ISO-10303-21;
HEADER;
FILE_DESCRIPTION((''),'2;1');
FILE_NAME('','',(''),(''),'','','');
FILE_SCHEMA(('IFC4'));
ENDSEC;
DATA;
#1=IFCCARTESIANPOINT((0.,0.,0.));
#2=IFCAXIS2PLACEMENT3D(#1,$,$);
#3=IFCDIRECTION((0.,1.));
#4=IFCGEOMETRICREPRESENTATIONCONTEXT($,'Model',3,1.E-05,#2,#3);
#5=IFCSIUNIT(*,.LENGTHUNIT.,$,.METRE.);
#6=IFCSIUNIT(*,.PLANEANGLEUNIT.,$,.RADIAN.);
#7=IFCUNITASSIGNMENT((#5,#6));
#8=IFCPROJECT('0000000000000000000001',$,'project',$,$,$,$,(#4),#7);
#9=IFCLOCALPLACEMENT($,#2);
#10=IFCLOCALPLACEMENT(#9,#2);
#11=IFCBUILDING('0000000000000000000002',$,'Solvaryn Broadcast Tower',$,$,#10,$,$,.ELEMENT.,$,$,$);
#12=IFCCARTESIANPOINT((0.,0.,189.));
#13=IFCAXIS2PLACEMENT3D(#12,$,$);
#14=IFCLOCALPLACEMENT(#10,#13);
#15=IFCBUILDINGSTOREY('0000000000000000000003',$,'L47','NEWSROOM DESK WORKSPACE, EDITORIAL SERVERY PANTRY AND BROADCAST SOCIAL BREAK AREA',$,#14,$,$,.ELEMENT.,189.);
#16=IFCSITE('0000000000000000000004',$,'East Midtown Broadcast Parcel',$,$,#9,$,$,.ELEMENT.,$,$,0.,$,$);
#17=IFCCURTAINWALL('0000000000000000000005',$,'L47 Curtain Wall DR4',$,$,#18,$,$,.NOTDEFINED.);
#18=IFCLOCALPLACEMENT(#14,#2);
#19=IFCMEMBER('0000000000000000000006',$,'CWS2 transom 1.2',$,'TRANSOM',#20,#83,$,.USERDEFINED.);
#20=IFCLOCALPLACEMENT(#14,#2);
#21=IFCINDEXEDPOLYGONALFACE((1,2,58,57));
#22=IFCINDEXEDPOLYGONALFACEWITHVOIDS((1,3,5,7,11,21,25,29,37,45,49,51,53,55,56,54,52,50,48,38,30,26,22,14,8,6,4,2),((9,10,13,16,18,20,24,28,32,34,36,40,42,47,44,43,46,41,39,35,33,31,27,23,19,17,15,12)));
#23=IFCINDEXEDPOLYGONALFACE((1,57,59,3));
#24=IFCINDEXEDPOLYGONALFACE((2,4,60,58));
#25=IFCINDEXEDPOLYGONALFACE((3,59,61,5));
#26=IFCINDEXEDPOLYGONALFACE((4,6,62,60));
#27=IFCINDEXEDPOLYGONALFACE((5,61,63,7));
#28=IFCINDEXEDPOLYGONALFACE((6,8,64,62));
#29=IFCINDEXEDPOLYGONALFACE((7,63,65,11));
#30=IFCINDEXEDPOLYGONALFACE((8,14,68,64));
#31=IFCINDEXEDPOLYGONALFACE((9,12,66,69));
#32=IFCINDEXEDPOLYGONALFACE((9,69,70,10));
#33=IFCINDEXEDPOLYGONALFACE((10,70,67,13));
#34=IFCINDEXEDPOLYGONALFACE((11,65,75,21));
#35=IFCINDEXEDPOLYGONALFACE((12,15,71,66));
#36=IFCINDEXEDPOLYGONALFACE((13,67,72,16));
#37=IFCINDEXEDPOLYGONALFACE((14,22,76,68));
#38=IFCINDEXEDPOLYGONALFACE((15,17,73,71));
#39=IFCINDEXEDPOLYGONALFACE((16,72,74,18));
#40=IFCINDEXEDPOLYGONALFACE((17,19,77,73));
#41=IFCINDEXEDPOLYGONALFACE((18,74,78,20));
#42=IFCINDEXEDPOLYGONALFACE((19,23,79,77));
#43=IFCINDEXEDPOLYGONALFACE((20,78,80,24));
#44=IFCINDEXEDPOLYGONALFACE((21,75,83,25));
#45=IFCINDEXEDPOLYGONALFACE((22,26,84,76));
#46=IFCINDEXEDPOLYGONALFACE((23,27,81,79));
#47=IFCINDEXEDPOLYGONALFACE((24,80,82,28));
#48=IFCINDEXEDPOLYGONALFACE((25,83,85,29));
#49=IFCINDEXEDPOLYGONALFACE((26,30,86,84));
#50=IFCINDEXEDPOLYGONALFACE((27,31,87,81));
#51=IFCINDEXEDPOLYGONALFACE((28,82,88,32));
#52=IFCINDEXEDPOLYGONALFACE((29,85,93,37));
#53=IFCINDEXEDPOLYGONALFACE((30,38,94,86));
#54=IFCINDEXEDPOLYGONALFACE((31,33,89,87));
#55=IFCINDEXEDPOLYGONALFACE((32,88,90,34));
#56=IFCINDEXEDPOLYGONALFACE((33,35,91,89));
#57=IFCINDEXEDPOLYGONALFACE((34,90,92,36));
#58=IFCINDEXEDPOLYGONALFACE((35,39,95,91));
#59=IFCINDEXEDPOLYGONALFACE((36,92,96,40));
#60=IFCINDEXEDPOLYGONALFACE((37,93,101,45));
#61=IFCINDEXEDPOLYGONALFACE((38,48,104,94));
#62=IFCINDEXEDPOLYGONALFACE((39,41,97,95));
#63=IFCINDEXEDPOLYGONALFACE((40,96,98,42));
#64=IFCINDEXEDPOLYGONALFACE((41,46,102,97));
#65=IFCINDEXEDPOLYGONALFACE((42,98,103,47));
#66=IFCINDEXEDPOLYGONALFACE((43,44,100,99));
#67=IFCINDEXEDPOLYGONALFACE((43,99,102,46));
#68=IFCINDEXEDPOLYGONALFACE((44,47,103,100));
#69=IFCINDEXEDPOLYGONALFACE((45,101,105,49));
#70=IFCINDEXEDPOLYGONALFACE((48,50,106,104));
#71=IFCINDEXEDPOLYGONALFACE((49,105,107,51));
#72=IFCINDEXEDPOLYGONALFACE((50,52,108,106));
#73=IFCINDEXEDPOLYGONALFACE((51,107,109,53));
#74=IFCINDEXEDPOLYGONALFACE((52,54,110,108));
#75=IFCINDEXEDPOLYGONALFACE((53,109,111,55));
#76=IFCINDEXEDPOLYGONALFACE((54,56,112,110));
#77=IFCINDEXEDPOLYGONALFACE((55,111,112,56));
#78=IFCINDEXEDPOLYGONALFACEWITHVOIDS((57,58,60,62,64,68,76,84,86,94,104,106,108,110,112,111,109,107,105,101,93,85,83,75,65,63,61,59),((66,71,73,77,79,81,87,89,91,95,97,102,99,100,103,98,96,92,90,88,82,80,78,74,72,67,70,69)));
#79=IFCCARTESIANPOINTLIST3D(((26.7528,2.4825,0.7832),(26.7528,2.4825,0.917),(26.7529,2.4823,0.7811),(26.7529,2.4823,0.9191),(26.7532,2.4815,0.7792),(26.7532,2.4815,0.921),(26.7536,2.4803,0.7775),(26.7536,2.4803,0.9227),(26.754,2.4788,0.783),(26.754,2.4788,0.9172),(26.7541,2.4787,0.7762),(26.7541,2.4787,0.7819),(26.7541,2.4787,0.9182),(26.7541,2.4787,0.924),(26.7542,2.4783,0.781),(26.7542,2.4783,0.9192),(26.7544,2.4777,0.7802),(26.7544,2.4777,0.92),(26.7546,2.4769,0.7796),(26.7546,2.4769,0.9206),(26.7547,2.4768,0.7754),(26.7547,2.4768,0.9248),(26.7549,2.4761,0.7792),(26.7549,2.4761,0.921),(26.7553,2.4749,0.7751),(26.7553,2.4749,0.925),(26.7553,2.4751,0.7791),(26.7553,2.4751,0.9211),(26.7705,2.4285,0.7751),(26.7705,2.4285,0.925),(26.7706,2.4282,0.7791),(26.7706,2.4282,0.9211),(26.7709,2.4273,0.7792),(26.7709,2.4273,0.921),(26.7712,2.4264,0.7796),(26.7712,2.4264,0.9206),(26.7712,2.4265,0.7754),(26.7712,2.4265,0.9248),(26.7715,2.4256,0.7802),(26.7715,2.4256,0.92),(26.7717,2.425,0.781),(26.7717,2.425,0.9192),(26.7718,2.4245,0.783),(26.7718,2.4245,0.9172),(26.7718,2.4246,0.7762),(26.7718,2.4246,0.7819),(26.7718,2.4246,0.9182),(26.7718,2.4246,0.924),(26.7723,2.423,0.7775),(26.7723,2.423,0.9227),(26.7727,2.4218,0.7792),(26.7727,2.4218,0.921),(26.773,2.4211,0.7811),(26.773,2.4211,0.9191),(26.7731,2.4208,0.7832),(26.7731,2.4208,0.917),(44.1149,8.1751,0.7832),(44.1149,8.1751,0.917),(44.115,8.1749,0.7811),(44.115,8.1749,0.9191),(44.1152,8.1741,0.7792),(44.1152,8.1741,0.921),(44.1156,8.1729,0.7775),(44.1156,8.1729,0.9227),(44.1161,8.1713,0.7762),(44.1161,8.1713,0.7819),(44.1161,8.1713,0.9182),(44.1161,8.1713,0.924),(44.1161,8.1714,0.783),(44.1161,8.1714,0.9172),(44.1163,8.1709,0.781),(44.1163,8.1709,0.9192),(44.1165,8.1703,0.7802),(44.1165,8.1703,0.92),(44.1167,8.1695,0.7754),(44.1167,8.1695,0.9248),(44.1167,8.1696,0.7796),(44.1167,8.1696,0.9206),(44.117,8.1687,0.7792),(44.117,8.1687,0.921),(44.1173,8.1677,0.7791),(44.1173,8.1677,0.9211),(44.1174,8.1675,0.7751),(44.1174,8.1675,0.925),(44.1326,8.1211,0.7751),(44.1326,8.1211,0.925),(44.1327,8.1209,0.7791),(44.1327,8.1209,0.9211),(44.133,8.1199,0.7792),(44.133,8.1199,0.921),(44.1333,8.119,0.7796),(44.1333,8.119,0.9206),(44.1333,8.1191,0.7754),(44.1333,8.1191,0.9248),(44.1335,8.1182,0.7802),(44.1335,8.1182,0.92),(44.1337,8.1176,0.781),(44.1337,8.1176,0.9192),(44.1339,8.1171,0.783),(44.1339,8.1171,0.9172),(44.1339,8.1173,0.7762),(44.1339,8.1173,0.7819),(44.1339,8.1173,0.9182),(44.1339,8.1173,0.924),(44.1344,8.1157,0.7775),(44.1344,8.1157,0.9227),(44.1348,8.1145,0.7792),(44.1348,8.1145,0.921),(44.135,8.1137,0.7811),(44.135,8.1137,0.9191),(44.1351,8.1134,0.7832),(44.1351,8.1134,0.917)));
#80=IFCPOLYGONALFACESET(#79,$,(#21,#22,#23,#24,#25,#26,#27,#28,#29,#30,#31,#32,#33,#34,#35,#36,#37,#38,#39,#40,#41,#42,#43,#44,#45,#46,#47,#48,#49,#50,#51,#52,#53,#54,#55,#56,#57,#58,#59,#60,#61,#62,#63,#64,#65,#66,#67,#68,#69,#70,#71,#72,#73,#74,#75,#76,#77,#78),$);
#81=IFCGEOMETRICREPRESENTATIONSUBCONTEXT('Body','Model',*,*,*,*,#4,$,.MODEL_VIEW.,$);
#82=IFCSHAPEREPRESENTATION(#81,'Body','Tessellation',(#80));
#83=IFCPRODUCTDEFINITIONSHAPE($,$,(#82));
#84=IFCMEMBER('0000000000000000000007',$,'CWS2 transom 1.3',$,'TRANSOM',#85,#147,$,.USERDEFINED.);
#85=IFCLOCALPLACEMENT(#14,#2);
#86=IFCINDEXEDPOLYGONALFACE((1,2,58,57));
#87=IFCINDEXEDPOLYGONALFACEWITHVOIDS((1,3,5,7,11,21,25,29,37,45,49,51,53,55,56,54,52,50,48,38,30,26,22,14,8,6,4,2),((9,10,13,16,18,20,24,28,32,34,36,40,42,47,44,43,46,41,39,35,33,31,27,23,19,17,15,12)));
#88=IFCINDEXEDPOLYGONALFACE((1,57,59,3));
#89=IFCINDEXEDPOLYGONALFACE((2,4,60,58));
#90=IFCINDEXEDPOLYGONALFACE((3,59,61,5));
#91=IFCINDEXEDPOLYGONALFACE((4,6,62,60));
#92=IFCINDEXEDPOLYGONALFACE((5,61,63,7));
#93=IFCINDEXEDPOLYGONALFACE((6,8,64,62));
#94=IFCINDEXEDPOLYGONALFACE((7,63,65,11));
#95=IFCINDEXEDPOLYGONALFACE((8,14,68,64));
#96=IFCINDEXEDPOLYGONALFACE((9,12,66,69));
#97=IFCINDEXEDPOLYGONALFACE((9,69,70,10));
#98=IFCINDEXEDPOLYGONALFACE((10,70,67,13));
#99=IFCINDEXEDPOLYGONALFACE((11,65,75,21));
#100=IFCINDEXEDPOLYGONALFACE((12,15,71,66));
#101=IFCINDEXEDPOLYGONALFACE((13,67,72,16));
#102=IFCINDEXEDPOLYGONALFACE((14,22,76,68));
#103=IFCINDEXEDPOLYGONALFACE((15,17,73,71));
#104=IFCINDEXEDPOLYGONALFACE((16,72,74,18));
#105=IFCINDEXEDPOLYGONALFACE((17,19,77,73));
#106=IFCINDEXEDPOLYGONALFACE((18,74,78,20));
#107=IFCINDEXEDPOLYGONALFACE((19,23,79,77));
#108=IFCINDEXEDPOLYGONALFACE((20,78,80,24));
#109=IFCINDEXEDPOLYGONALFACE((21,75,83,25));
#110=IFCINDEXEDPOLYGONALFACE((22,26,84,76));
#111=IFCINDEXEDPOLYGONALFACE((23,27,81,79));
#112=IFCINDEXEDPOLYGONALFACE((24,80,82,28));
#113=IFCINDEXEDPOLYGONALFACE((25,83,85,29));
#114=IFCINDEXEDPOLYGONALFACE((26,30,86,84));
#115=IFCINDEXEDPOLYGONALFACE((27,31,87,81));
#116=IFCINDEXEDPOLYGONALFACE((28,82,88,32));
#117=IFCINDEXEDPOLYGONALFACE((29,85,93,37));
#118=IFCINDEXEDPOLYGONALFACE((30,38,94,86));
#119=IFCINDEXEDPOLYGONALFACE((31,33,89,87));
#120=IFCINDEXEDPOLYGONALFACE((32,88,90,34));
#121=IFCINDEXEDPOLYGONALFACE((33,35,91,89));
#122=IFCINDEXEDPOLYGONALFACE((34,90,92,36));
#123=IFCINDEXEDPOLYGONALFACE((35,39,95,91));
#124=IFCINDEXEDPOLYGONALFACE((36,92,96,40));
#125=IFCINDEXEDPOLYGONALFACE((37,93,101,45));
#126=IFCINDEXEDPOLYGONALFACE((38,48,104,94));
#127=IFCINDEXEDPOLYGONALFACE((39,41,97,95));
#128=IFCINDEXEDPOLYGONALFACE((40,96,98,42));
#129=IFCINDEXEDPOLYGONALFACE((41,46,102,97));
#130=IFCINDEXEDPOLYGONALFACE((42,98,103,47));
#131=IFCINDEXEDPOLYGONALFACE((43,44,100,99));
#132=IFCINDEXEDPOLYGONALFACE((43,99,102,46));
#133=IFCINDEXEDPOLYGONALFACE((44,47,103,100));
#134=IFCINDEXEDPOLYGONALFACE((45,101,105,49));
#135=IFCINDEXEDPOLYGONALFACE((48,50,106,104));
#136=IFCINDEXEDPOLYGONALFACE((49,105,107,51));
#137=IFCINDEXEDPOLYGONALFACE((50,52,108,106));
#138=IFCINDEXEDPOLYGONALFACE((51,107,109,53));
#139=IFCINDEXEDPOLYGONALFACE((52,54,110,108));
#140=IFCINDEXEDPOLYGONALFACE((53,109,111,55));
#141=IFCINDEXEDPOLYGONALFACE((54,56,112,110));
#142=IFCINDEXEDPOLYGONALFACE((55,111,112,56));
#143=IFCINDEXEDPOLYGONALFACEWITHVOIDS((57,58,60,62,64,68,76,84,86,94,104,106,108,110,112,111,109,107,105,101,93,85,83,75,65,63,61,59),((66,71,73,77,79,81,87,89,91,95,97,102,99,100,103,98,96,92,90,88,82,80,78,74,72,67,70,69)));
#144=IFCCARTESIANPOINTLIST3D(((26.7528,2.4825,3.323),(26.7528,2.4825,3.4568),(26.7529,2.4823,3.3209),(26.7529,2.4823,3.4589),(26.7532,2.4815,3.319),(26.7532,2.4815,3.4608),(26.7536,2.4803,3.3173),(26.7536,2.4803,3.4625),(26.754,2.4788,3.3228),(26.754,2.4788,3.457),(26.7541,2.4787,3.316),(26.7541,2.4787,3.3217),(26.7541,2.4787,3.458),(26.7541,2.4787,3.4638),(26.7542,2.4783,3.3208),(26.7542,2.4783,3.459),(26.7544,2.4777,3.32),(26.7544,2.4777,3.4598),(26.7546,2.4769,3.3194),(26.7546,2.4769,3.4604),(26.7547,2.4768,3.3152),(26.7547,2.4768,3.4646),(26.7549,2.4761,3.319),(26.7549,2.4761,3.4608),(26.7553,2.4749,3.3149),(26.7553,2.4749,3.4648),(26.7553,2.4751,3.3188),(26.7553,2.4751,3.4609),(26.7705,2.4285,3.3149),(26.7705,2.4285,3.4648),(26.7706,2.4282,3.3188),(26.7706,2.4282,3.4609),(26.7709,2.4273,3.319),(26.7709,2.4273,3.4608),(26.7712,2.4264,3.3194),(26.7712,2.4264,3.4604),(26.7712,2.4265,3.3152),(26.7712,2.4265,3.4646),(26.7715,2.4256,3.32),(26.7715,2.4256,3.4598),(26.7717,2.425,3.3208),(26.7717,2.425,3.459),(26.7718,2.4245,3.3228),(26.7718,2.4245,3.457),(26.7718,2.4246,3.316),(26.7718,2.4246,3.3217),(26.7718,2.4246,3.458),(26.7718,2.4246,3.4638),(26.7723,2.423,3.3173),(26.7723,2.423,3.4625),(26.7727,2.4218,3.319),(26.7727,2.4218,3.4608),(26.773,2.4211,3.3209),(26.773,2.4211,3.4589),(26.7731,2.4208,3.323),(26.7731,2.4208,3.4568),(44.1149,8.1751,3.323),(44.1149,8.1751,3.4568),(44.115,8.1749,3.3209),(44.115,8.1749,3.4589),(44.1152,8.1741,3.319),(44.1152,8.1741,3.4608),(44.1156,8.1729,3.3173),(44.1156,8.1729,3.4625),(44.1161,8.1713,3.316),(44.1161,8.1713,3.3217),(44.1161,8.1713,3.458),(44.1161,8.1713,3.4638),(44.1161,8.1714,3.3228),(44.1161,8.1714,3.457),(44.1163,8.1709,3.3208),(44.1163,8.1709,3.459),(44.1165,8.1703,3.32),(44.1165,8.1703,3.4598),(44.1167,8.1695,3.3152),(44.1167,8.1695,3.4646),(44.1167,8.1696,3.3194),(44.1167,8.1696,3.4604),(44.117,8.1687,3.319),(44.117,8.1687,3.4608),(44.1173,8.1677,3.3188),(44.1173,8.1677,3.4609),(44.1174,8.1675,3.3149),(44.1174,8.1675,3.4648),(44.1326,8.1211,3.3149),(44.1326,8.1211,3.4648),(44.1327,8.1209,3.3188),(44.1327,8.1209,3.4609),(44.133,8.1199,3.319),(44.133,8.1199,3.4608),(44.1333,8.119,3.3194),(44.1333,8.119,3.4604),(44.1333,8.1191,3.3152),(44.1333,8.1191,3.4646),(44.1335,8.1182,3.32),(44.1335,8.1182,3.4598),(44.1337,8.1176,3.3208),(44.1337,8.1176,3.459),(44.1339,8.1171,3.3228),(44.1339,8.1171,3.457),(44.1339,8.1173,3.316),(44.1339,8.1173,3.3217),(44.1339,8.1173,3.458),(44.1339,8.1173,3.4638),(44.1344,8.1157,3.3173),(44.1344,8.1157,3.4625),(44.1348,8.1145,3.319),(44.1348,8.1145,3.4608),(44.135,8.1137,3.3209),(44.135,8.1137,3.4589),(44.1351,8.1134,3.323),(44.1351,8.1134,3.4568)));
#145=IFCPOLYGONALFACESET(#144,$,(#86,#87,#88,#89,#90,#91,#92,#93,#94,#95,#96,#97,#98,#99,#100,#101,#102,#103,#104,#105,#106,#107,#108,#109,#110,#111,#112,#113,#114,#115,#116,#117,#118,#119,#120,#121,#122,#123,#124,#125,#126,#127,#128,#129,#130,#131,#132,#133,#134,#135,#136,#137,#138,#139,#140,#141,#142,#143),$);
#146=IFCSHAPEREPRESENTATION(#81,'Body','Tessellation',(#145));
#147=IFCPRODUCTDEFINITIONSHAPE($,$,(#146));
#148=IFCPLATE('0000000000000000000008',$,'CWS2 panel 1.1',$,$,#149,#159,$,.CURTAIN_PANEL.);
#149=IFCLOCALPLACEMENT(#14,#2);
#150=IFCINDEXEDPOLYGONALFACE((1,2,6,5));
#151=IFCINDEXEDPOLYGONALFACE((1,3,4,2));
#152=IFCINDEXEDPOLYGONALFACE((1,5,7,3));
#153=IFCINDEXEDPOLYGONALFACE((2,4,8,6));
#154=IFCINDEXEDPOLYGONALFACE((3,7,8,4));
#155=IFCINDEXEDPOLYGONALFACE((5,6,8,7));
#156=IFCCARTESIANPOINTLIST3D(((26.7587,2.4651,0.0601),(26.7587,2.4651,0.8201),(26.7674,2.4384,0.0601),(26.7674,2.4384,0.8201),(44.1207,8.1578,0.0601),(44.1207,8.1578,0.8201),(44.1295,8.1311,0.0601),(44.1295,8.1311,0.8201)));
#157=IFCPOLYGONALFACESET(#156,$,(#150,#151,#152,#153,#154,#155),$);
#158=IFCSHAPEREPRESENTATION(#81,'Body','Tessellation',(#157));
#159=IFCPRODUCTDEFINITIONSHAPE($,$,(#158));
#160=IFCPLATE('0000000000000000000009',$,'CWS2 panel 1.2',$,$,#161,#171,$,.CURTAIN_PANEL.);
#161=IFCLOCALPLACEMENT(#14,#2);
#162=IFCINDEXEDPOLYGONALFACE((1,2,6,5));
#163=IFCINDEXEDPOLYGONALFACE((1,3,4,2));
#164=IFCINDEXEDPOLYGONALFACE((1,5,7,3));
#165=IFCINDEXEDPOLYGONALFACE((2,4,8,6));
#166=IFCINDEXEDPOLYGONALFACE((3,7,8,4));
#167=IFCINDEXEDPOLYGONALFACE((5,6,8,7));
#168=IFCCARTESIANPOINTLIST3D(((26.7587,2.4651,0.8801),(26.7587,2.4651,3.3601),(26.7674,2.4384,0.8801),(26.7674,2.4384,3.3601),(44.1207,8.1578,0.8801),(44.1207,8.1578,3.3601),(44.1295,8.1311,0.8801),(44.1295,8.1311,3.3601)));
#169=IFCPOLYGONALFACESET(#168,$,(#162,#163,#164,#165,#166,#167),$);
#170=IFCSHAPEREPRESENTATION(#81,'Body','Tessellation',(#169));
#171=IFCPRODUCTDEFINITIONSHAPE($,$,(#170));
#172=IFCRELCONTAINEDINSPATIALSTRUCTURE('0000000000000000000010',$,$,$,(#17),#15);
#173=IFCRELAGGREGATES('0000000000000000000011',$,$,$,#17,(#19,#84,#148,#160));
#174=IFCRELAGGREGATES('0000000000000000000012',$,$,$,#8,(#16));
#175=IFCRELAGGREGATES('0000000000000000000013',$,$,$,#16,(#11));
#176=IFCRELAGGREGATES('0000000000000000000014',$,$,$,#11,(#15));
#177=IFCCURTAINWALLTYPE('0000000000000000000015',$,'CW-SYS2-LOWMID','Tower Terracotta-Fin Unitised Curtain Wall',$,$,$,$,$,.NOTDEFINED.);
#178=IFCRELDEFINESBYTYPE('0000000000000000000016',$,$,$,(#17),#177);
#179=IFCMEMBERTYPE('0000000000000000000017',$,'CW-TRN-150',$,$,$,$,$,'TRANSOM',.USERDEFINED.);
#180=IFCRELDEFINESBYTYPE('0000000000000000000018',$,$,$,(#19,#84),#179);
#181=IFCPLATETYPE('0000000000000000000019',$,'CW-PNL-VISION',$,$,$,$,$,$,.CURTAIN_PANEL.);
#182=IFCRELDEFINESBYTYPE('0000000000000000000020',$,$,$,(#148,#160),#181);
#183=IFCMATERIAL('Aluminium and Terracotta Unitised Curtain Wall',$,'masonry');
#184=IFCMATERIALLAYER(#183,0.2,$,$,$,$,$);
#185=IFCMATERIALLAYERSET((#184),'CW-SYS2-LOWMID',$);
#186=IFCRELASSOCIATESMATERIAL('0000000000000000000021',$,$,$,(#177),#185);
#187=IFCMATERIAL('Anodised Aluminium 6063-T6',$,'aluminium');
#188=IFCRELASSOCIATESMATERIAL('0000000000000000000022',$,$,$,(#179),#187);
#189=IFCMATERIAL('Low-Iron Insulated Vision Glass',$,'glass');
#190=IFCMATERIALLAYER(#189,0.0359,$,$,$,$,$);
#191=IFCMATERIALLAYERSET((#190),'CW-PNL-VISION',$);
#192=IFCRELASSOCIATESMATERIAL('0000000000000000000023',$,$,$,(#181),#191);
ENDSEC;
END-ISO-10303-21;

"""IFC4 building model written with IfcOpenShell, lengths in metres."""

from ifc_helpers import new_model, si_unit, direction, frame, origin, origin_2d, place, context, subcontext, project, spatial, rectangle, hollow_rectangle, extrude, material, layer, layer_set, material_profile, profile_set, type_object, element, aggregate, save


model = new_model("IFC4")

# Units and contexts
model_context = context("Model", 3, precision=1e-05, world=origin(), true_north=direction((0.0, 1.0)))
body_context = subcontext(model_context, "Body", "Model", "MODEL_VIEW")
ifc_project = project(units=[si_unit("LENGTHUNIT", "METRE"), si_unit("PLANEANGLEUNIT", "RADIAN")], contexts=[model_context])

# Site, building, storey
site_placement = place(None, origin())
site = spatial("IfcSite", under=ifc_project, at=site_placement, Name="East Midtown Broadcast Parcel", CompositionType="ELEMENT", RefElevation=0.0)
building_placement = place(site_placement, origin())
building = spatial("IfcBuilding", under=site, at=building_placement, Name="Solvaryn Broadcast Tower", CompositionType="ELEMENT")
storey_placement = place(building_placement, frame((0.0, 0.0, 189.0)))
storey = spatial("IfcBuildingStorey", under=building, at=storey_placement, Name="L47", Description="NEWSROOM DESK WORKSPACE, EDITORIAL SERVERY PANTRY AND BROADCAST SOCIAL BREAK AREA", CompositionType="ELEMENT", Elevation=189.0)

# Shared definitions
ifc_material_1 = material(Name="Aluminium and Terracotta Unitised Curtain Wall", Category="masonry")
ifc_layer_1 = layer(ifc_material_1, 0.2)
ifc_layer_set_1 = layer_set([ifc_layer_1], Name="CW-SYS2-LOWMID")
curtain_wall_type = type_object("IfcCurtainWallType", Name="CW-SYS2-LOWMID", Description="Tower Terracotta-Fin Unitised Curtain Wall", PredefinedType="NOTDEFINED", material=ifc_layer_set_1)

# Curtain wall, members, plates
curtain_wall_1_placement = place(storey_placement, origin())
curtain_wall_1 = element("IfcCurtainWall", 1, at=curtain_wall_1_placement, inside=storey, type_object=curtain_wall_type, Name="L47 Curtain Wall DR4", PredefinedType="NOTDEFINED")
ifc_material_2 = material(Name="Anodised Aluminium 6063-T6", Category="aluminium")
ifc_material_profile_1 = material_profile(ifc_material_2, hollow_rectangle(XDim=0.0649, YDim=0.1499, WallThickness=0.0039, InnerFilletRadius=0.0039, OuterFilletRadius=0.0081, at=origin_2d()))
ifc_profile_set_1 = profile_set([ifc_material_profile_1], Name="Anodised Aluminium 6063-T6")
member_type_1 = type_object("IfcMemberType", Name="CW-TRN-150", ElementType="TRANSOM", PredefinedType="USERDEFINED", material=ifc_profile_set_1)
member_1_placement = place(storey_placement, frame((26.7629, 2.4517, 0.8501), z_axis=(0.950227, 0.311558, 0.0), x_axis=(-0.311558, 0.950227, 0.0)))
member_1 = element("IfcMember", 2, at=member_1_placement, type_object=member_type_1, Name="CWS2 transom 1.2", ObjectType="TRANSOM", PredefinedType="USERDEFINED", context=body_context, shape_type="SweptSolid", body=[
    extrude(hollow_rectangle(XDim=0.0649, YDim=0.1499, WallThickness=0.0039, InnerFilletRadius=0.0039, OuterFilletRadius=0.0081, at=origin_2d()), origin(), (0.0, 0.0, 1.0), 18.2715),
])
member_2_placement = place(storey_placement, frame((26.7629, 2.4517, 3.3899), z_axis=(0.950227, 0.311558, 0.0), x_axis=(-0.311558, 0.950227, 0.0)))
member_2 = element("IfcMember", 3, at=member_2_placement, type_object=member_type_1, Name="CWS2 transom 1.3", ObjectType="TRANSOM", PredefinedType="USERDEFINED", context=body_context, shape_type="SweptSolid", body=[
    extrude(hollow_rectangle(XDim=0.0649, YDim=0.1499, WallThickness=0.0039, InnerFilletRadius=0.0039, OuterFilletRadius=0.0081, at=origin_2d()), origin(), (0.0, 0.0, 1.0), 18.2715),
])
ifc_material_3 = material(Name="Low-Iron Insulated Vision Glass", Category="glass")
ifc_layer_2 = layer(ifc_material_3, 0.0359)
ifc_layer_set_2 = layer_set([ifc_layer_2], Name="CW-PNL-VISION")
plate_type = type_object("IfcPlateType", Name="CW-PNL-VISION", PredefinedType="CURTAIN_PANEL", material=ifc_layer_set_2)
plate_1_placement = place(storey_placement, frame((35.4441, 5.2981, 0.0601), z_axis=(0.0, 0.0, 1.0), x_axis=(0.950227, 0.311559, 0.0)))
plate_1 = element("IfcPlate", 4, at=plate_1_placement, type_object=plate_type, Name="CWS2 panel 1.1", PredefinedType="CURTAIN_PANEL", context=body_context, shape_type="SweptSolid", body=[
    extrude(rectangle(XDim=18.2715, YDim=0.0281, at=origin_2d()), origin(), (0.0, 0.0, 1.0), 0.76),
])
plate_2_placement = place(storey_placement, frame((35.4441, 5.2981, 0.8801), z_axis=(0.0, 0.0, 1.0), x_axis=(0.950227, 0.311559, 0.0)))
plate_2 = element("IfcPlate", 5, at=plate_2_placement, type_object=plate_type, Name="CWS2 panel 1.2", PredefinedType="CURTAIN_PANEL", context=body_context, shape_type="SweptSolid", body=[
    extrude(rectangle(XDim=18.2715, YDim=0.0281, at=origin_2d()), origin(), (0.0, 0.0, 1.0), 2.48),
])
aggregate(curtain_wall_1, [member_1, member_2, plate_1, plate_2])

save(model, "model.ifc")
